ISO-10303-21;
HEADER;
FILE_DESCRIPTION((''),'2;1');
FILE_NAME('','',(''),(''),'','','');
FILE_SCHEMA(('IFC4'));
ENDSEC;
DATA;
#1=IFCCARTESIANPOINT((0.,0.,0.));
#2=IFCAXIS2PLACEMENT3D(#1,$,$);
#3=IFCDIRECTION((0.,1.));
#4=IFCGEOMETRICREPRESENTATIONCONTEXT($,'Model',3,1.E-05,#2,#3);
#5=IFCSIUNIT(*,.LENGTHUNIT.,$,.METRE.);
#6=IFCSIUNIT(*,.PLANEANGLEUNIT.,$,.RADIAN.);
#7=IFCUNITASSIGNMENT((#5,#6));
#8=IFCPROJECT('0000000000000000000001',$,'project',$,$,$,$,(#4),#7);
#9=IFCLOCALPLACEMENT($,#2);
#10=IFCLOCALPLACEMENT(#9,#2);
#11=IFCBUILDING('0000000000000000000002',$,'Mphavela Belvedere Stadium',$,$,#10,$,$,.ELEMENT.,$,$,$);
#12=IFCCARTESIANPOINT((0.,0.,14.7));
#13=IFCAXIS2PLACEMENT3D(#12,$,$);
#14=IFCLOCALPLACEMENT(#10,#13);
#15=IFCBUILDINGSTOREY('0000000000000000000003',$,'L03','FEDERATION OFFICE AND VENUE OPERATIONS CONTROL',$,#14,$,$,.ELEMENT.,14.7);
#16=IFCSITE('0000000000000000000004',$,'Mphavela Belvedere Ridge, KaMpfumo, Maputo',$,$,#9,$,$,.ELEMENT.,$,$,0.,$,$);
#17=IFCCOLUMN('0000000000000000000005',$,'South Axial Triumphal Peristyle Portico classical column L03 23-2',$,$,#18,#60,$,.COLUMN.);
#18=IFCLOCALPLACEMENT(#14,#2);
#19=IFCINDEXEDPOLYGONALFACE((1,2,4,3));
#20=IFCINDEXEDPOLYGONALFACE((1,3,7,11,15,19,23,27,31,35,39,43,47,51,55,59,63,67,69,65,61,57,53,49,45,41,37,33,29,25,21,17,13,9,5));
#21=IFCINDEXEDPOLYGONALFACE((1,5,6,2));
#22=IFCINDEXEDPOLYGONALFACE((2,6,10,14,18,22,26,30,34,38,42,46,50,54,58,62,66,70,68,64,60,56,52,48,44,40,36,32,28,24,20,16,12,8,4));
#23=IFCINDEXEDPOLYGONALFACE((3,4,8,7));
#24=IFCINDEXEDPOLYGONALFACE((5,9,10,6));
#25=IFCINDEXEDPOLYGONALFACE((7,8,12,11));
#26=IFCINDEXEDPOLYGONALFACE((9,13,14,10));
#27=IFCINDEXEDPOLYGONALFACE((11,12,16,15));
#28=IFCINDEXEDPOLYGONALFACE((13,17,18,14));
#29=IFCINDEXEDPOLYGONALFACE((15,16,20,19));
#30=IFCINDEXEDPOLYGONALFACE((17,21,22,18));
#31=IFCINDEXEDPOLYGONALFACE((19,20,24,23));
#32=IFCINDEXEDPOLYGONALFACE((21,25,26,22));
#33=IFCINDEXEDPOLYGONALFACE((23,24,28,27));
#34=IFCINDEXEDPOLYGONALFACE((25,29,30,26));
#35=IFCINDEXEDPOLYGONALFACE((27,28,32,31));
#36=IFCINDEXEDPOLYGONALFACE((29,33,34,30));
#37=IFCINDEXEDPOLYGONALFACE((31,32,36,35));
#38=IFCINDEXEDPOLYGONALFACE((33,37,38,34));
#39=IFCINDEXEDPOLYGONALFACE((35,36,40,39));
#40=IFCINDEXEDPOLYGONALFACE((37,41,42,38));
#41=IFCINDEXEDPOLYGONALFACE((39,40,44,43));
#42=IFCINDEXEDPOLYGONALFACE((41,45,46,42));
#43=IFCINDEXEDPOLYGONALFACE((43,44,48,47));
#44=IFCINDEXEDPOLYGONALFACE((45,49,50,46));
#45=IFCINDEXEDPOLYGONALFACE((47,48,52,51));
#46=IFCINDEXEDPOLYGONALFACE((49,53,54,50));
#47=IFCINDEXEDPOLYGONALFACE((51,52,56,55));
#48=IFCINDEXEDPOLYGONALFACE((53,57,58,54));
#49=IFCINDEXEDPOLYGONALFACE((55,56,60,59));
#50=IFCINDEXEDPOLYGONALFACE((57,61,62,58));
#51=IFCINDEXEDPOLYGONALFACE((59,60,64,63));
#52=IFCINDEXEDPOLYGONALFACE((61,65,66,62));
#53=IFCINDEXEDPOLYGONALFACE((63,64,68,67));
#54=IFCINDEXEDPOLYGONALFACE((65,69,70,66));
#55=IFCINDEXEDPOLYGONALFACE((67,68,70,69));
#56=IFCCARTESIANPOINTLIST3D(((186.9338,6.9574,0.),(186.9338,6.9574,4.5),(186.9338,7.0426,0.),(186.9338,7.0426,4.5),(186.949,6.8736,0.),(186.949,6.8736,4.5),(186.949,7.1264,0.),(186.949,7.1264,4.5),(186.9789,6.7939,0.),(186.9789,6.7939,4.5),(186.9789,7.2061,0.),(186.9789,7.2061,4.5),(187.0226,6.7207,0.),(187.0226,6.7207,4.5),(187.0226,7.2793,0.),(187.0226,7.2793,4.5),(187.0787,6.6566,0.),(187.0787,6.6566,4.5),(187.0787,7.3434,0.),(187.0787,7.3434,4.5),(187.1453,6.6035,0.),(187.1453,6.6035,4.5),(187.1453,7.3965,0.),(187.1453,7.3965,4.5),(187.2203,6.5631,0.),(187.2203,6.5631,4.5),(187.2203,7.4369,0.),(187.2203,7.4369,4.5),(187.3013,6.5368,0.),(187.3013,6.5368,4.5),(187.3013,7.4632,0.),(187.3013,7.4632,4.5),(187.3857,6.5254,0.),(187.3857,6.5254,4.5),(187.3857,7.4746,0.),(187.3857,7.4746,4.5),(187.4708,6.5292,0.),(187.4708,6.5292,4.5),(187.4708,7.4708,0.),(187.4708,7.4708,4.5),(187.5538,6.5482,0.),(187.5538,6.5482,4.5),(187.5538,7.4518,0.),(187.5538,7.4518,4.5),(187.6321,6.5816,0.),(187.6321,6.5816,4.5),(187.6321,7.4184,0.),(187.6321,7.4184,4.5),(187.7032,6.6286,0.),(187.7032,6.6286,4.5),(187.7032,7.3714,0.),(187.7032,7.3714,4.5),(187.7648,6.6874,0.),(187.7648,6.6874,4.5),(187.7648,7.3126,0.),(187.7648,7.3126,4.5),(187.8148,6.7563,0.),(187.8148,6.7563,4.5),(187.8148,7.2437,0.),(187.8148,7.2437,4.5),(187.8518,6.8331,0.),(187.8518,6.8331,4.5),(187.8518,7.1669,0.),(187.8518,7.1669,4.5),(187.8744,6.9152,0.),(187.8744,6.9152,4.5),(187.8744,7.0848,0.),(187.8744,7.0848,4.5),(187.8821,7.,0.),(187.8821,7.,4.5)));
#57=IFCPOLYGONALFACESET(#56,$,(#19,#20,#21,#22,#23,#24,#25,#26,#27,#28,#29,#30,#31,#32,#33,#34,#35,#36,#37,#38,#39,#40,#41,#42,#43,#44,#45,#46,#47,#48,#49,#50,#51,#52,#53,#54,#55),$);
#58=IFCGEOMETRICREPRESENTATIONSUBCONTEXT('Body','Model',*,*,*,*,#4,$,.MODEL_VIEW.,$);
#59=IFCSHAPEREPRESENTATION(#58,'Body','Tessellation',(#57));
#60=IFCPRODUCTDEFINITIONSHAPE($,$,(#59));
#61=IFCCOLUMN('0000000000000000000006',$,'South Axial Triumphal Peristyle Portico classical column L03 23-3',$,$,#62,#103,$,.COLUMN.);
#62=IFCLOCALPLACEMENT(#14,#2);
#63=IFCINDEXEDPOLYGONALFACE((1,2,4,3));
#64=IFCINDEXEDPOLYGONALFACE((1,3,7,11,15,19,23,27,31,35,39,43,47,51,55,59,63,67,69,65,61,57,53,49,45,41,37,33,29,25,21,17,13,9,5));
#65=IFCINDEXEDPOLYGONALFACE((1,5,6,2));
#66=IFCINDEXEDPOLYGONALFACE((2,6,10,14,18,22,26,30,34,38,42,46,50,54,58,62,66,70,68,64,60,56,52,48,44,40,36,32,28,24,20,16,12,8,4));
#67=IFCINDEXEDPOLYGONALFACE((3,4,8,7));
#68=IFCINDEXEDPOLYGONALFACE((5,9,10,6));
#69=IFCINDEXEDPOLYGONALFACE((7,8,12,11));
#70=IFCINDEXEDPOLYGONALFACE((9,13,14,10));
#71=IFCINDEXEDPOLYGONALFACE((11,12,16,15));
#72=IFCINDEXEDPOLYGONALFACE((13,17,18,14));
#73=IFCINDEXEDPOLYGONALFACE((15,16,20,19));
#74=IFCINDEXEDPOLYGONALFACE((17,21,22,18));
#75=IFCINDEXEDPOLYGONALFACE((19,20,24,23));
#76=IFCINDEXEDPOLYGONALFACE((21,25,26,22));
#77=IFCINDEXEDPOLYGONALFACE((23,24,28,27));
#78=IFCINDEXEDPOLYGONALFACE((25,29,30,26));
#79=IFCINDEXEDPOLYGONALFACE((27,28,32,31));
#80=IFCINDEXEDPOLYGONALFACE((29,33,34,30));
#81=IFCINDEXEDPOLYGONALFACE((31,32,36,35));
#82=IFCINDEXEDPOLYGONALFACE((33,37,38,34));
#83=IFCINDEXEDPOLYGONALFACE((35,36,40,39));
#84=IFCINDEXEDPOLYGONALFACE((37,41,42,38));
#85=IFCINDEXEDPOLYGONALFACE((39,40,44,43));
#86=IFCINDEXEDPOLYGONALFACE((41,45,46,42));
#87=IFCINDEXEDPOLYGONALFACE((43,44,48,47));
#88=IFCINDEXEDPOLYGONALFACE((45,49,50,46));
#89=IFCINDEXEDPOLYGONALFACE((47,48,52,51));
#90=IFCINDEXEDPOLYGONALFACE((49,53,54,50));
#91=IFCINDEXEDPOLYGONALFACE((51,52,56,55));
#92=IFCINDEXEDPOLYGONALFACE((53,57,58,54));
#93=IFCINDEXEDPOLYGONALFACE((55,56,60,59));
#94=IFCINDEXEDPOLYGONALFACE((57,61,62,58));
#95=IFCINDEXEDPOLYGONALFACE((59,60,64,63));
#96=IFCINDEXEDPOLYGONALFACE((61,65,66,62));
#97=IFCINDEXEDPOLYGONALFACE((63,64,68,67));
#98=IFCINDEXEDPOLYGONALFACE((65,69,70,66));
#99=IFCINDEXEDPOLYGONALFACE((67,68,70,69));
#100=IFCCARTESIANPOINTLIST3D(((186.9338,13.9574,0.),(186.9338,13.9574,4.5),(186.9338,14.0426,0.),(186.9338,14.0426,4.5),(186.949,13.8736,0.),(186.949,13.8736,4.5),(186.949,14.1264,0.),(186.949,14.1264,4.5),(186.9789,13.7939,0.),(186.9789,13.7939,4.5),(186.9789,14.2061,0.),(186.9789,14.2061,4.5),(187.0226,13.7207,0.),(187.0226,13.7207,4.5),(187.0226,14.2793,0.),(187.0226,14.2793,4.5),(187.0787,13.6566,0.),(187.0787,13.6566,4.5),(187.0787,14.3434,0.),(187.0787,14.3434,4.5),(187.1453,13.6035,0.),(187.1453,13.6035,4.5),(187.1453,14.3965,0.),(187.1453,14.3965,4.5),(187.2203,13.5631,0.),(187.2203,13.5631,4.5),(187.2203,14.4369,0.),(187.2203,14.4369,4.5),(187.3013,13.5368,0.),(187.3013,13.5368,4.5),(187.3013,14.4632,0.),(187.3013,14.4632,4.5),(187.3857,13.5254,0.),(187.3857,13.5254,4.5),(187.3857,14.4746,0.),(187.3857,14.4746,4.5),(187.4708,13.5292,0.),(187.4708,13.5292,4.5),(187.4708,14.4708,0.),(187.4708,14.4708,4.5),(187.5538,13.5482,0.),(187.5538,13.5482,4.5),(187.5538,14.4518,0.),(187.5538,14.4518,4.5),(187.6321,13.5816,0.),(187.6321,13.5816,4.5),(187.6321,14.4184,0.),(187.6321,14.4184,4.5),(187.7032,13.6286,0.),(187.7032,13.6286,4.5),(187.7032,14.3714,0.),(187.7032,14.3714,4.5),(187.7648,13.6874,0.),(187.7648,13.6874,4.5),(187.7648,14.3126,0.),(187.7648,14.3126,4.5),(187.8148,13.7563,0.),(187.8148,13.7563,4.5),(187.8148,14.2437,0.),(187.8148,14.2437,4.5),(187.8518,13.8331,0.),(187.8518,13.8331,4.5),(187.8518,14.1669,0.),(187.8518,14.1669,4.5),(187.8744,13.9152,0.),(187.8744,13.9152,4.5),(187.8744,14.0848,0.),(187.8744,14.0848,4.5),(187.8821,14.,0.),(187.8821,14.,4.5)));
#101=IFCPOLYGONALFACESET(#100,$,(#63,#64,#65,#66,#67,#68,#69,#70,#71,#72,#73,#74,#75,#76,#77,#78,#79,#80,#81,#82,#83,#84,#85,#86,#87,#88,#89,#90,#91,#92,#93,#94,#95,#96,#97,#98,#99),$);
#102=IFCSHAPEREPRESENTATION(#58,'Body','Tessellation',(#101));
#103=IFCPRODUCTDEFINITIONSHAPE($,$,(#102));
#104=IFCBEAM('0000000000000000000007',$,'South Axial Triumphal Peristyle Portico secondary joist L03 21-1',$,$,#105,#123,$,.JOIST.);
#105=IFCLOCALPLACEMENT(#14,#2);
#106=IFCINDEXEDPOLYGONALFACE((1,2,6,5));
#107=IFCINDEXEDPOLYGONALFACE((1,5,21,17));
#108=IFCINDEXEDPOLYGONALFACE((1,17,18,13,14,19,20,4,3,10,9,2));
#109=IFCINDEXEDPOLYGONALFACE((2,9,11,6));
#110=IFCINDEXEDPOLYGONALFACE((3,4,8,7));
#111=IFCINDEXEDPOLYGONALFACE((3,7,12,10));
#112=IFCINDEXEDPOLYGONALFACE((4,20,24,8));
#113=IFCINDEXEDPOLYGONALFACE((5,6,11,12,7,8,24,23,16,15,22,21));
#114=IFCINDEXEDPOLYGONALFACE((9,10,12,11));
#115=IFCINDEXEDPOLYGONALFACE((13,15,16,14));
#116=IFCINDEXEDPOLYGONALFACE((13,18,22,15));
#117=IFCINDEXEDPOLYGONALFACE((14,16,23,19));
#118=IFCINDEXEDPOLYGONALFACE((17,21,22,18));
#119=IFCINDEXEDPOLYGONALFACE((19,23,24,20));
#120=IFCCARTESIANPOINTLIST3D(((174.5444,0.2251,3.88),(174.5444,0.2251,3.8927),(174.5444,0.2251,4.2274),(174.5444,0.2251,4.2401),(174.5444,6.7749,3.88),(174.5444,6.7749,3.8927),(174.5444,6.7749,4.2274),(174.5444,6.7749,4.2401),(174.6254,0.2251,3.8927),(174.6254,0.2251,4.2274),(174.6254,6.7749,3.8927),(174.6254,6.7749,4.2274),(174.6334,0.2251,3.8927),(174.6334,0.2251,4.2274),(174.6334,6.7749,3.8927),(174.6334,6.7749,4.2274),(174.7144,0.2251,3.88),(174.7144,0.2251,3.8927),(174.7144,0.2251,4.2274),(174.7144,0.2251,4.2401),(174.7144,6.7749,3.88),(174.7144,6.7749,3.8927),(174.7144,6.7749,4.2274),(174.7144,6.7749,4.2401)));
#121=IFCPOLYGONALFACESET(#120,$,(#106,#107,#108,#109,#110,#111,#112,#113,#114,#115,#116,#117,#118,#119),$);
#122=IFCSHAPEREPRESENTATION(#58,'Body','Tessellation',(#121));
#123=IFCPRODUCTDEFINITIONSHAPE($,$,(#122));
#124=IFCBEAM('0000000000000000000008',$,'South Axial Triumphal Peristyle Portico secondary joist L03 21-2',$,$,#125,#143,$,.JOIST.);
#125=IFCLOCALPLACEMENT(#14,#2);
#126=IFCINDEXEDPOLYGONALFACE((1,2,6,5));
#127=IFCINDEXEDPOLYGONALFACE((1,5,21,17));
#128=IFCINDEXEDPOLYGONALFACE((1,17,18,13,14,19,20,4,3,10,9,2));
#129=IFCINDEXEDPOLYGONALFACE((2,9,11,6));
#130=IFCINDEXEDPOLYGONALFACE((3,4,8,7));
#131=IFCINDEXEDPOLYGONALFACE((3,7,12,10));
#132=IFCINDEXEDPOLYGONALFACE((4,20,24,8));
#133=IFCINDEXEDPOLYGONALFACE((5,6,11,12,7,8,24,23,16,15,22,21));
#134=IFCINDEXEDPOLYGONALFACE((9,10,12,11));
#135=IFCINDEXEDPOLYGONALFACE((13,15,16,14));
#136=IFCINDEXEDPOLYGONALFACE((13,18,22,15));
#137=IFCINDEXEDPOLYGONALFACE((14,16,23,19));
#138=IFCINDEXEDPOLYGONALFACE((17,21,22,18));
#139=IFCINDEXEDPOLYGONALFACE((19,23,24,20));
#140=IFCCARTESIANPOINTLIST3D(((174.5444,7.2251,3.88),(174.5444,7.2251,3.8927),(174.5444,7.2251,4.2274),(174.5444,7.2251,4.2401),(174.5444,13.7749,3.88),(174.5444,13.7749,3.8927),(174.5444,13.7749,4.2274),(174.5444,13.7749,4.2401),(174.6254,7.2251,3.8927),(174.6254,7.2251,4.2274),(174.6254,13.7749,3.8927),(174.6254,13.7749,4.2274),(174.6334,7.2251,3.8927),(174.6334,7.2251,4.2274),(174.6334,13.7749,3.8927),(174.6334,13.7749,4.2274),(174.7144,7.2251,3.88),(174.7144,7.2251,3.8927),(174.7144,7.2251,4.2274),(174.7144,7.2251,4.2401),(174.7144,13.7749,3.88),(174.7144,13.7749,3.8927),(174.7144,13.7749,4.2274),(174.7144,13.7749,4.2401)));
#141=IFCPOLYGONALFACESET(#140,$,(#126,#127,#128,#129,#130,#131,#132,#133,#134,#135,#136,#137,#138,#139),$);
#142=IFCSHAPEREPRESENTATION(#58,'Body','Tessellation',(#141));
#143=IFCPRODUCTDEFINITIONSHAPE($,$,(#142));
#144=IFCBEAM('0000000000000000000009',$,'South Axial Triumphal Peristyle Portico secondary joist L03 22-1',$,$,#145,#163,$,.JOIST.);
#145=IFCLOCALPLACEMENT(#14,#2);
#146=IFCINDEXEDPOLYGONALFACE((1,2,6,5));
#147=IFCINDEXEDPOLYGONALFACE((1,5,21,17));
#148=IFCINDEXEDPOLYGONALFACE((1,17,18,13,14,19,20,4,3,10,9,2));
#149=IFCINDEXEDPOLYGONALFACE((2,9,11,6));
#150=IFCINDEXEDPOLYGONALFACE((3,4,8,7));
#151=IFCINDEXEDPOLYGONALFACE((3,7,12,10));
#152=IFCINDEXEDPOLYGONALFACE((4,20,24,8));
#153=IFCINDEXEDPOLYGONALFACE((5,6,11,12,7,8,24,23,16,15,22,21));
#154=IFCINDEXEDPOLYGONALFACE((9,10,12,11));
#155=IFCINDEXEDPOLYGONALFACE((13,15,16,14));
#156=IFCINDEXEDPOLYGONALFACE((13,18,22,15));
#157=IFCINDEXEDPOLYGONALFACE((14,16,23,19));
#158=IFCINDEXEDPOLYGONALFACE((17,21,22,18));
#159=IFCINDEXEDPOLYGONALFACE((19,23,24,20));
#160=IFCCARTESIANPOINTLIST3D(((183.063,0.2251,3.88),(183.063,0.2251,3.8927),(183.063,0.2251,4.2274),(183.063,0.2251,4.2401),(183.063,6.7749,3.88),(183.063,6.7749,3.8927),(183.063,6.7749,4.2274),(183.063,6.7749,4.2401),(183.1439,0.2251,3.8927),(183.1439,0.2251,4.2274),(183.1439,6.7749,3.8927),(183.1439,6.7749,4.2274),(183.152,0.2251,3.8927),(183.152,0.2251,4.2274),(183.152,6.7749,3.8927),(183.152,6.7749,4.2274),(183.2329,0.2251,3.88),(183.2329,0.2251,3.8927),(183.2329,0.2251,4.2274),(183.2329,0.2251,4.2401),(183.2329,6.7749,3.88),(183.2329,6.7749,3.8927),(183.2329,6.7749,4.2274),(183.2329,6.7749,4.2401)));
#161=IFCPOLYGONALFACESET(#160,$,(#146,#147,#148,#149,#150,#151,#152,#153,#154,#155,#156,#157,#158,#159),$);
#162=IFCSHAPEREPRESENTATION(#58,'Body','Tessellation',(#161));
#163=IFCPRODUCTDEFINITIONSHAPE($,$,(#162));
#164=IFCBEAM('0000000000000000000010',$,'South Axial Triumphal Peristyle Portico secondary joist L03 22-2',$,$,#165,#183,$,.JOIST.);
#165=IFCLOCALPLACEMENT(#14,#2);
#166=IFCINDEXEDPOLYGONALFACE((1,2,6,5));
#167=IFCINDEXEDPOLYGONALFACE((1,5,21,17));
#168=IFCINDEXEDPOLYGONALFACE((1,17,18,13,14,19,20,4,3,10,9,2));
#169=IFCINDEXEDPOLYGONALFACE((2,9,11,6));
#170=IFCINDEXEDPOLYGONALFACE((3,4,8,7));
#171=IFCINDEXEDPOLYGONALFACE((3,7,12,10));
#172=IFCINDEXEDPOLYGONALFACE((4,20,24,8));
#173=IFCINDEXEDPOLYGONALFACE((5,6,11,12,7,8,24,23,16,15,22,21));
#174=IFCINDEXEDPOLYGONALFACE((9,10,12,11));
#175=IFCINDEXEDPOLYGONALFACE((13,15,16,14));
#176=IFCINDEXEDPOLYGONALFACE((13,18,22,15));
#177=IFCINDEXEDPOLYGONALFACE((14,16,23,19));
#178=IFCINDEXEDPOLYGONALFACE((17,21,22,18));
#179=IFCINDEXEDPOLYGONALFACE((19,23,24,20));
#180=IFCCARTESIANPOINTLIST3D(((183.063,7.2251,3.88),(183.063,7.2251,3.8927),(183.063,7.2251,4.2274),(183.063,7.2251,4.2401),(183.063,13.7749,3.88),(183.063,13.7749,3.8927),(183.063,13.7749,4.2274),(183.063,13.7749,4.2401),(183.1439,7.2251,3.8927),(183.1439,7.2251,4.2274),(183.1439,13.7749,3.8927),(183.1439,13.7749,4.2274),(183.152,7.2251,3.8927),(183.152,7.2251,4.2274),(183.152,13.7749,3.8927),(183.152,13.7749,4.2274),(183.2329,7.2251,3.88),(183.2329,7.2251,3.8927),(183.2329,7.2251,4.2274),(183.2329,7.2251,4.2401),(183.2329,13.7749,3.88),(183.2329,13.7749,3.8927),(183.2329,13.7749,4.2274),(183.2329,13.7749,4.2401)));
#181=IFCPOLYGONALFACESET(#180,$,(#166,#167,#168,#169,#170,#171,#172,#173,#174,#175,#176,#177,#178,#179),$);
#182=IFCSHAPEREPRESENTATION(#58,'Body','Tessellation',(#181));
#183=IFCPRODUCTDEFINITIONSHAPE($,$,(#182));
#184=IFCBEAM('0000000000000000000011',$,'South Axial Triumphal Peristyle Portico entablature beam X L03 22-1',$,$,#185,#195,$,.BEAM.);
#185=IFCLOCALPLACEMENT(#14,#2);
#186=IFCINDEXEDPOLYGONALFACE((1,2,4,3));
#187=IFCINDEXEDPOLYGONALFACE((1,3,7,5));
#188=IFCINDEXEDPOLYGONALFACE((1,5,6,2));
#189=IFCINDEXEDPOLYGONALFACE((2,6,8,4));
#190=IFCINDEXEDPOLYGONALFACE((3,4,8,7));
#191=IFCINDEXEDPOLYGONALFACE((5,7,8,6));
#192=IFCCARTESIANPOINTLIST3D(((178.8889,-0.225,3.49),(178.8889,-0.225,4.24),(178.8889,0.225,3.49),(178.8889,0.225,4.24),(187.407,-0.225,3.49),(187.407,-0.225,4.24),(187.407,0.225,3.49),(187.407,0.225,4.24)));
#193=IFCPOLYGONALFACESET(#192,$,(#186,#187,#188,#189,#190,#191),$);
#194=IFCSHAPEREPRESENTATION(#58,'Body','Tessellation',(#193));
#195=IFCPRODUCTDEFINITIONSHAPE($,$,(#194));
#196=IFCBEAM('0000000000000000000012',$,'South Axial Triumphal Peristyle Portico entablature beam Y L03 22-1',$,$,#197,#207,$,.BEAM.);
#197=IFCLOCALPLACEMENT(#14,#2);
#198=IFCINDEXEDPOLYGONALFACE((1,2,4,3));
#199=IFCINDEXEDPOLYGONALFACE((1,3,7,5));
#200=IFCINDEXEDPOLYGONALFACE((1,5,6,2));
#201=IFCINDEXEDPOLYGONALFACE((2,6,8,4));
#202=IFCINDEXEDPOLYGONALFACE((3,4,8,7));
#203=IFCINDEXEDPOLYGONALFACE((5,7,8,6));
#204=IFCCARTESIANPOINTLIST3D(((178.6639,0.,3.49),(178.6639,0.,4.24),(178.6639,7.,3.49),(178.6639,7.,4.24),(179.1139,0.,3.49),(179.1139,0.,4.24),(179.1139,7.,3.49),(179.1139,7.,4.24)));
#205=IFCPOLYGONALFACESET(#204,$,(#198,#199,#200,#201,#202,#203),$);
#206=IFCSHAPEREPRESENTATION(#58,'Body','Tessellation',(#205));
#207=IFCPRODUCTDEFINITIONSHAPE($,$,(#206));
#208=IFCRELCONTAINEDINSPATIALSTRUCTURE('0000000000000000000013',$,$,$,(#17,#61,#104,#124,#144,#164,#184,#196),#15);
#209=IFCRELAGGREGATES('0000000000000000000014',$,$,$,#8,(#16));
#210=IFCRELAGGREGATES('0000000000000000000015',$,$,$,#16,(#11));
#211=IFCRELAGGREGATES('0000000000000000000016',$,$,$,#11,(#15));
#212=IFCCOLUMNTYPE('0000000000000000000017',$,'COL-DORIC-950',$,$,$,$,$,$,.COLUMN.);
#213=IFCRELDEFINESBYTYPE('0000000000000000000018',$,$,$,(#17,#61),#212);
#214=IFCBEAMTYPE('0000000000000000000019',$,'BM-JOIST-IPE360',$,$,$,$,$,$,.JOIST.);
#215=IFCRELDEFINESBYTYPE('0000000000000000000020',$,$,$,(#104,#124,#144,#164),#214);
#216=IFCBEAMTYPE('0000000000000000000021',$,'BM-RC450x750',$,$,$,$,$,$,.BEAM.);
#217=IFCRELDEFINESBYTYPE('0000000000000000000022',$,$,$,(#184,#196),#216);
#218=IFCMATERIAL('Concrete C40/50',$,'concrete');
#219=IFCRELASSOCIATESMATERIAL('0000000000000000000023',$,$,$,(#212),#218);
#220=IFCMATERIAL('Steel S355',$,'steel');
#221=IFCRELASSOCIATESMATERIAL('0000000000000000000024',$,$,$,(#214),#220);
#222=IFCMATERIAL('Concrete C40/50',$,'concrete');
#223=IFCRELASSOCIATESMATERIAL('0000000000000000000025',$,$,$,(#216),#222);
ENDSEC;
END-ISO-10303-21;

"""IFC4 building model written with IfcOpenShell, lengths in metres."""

from ifc_helpers import new_model, si_unit, direction, frame, origin, origin_2d, place, context, subcontext, project, spatial, rectangle, circle, i_section, extrude, material, material_profile, profile_set, type_object, element, save


model = new_model("IFC4")

# Units and contexts
model_context = context("Model", 3, precision=1e-05, world=origin(), true_north=direction((0.0, 1.0)))
body_context = subcontext(model_context, "Body", "Model", "MODEL_VIEW")
ifc_project = project(units=[si_unit("LENGTHUNIT", "METRE"), si_unit("PLANEANGLEUNIT", "RADIAN")], contexts=[model_context])

# Site, building, storey
site_placement = place(None, origin())
site = spatial("IfcSite", under=ifc_project, at=site_placement, Name="Mphavela Belvedere Ridge, KaMpfumo, Maputo", CompositionType="ELEMENT", RefElevation=0.0)
building_placement = place(site_placement, origin())
building = spatial("IfcBuilding", under=site, at=building_placement, Name="Mphavela Belvedere Stadium", CompositionType="ELEMENT")
storey_placement = place(building_placement, frame((0.0, 0.0, 14.7)))
storey = spatial("IfcBuildingStorey", under=building, at=storey_placement, Name="L03", Description="FEDERATION OFFICE AND VENUE OPERATIONS CONTROL", CompositionType="ELEMENT", Elevation=14.7)

# Columns
ifc_material_1 = material(Name="Concrete C40/50", Category="concrete")
ifc_material_profile_1 = material_profile(ifc_material_1, circle(Radius=0.4751, at=origin_2d()), Name="COL D950")
ifc_profile_set_1 = profile_set([ifc_material_profile_1], Name="Concrete C40/50")
column_type = type_object("IfcColumnType", Name="COL-DORIC-950", PredefinedType="COLUMN", material=ifc_profile_set_1)
for number, where, z_axis, x_axis, name in (
    (1, (187.407, 7.0, 0.0), (0.0, 0.0, 1.0), (1.0, 0.0, 0.0), "South Axial Triumphal Peristyle Portico classical column L03 23-2"),
    (2, (187.407, 14.0, 0.0), (0.0, 0.0, 1.0), (1.0, 0.0, 0.0), "South Axial Triumphal Peristyle Portico classical column L03 23-3"),
):
    element("IfcColumn", number, at=place(storey_placement, frame(where, z_axis=z_axis, x_axis=x_axis)), inside=storey, type_object=column_type, Name=name, PredefinedType="COLUMN", context=body_context, shape_type="SweptSolid", body=[
        extrude(circle(Radius=0.4751, at=origin_2d()), origin(), (0.0, 0.0, 1.0), 4.5),
    ])

# Beams
ifc_material_2 = material(Name="Steel S355", Category="steel")
ifc_material_profile_2 = material_profile(ifc_material_2, i_section(OverallWidth=0.1699, OverallDepth=0.3601, WebThickness=0.0081, FlangeThickness=0.0127, at=origin_2d()), Name="IPE 360")
ifc_profile_set_2 = profile_set([ifc_material_profile_2], Name="Steel S355")
beam_type_1 = type_object("IfcBeamType", Name="BM-JOIST-IPE360", PredefinedType="JOIST", material=ifc_profile_set_2)
for number, where, z_axis, x_axis, name in (
    (3, (174.6294, 0.2251, 4.0601), (0.0, 1.0, 0.0), (-1.0, 0.0, 0.0), "South Axial Triumphal Peristyle Portico secondary joist L03 21-1"),
    (4, (174.6294, 7.2251, 4.0601), (0.0, 1.0, 0.0), (-1.0, 0.0, 0.0), "South Axial Triumphal Peristyle Portico secondary joist L03 21-2"),
    (5, (183.1479, 0.2251, 4.0601), (0.0, 1.0, 0.0), (-1.0, 0.0, 0.0), "South Axial Triumphal Peristyle Portico secondary joist L03 22-1"),
    (6, (183.1479, 7.2251, 4.0601), (0.0, 1.0, 0.0), (-1.0, 0.0, 0.0), "South Axial Triumphal Peristyle Portico secondary joist L03 22-2"),
):
    element("IfcBeam", number, at=place(storey_placement, frame(where, z_axis=z_axis, x_axis=x_axis)), inside=storey, type_object=beam_type_1, Name=name, PredefinedType="JOIST", context=body_context, shape_type="SweptSolid", body=[
        extrude(i_section(OverallWidth=0.1699, OverallDepth=0.3601, WebThickness=0.0081, FlangeThickness=0.0127, at=origin_2d()), origin(), (0.0, 0.0, 1.0), 6.5498),
    ])
ifc_material_3 = material(Name="Concrete C40/50", Category="concrete")
ifc_material_profile_3 = material_profile(ifc_material_3, rectangle(XDim=0.45, YDim=0.75, at=origin_2d()), Name="RC 450x750")
ifc_profile_set_3 = profile_set([ifc_material_profile_3], Name="Concrete C40/50")
beam_type_2 = type_object("IfcBeamType", Name="BM-RC450x750", PredefinedType="BEAM", material=ifc_profile_set_3)
beam_1_placement = place(storey_placement, frame((178.8889, 0.0, 3.865), z_axis=(1.0, 0.0, 0.0), x_axis=(0.0, 1.0, 0.0)))
element("IfcBeam", 7, at=beam_1_placement, inside=storey, type_object=beam_type_2, Name="South Axial Triumphal Peristyle Portico entablature beam X L03 22-1", PredefinedType="BEAM", context=body_context, shape_type="SweptSolid", body=[
    extrude(rectangle(XDim=0.45, YDim=0.75, at=origin_2d()), origin(), (0.0, 0.0, 1.0), 8.5181),
])
beam_2_placement = place(storey_placement, frame((178.8889, 0.0, 3.865), z_axis=(0.0, 1.0, 0.0), x_axis=(-1.0, 0.0, 0.0)))
element("IfcBeam", 8, at=beam_2_placement, inside=storey, type_object=beam_type_2, Name="South Axial Triumphal Peristyle Portico entablature beam Y L03 22-1", PredefinedType="BEAM", context=body_context, shape_type="SweptSolid", body=[
    extrude(rectangle(XDim=0.45, YDim=0.75, at=origin_2d()), origin(), (0.0, 0.0, 1.0), 7.0),
])

save(model, "model.ifc")
